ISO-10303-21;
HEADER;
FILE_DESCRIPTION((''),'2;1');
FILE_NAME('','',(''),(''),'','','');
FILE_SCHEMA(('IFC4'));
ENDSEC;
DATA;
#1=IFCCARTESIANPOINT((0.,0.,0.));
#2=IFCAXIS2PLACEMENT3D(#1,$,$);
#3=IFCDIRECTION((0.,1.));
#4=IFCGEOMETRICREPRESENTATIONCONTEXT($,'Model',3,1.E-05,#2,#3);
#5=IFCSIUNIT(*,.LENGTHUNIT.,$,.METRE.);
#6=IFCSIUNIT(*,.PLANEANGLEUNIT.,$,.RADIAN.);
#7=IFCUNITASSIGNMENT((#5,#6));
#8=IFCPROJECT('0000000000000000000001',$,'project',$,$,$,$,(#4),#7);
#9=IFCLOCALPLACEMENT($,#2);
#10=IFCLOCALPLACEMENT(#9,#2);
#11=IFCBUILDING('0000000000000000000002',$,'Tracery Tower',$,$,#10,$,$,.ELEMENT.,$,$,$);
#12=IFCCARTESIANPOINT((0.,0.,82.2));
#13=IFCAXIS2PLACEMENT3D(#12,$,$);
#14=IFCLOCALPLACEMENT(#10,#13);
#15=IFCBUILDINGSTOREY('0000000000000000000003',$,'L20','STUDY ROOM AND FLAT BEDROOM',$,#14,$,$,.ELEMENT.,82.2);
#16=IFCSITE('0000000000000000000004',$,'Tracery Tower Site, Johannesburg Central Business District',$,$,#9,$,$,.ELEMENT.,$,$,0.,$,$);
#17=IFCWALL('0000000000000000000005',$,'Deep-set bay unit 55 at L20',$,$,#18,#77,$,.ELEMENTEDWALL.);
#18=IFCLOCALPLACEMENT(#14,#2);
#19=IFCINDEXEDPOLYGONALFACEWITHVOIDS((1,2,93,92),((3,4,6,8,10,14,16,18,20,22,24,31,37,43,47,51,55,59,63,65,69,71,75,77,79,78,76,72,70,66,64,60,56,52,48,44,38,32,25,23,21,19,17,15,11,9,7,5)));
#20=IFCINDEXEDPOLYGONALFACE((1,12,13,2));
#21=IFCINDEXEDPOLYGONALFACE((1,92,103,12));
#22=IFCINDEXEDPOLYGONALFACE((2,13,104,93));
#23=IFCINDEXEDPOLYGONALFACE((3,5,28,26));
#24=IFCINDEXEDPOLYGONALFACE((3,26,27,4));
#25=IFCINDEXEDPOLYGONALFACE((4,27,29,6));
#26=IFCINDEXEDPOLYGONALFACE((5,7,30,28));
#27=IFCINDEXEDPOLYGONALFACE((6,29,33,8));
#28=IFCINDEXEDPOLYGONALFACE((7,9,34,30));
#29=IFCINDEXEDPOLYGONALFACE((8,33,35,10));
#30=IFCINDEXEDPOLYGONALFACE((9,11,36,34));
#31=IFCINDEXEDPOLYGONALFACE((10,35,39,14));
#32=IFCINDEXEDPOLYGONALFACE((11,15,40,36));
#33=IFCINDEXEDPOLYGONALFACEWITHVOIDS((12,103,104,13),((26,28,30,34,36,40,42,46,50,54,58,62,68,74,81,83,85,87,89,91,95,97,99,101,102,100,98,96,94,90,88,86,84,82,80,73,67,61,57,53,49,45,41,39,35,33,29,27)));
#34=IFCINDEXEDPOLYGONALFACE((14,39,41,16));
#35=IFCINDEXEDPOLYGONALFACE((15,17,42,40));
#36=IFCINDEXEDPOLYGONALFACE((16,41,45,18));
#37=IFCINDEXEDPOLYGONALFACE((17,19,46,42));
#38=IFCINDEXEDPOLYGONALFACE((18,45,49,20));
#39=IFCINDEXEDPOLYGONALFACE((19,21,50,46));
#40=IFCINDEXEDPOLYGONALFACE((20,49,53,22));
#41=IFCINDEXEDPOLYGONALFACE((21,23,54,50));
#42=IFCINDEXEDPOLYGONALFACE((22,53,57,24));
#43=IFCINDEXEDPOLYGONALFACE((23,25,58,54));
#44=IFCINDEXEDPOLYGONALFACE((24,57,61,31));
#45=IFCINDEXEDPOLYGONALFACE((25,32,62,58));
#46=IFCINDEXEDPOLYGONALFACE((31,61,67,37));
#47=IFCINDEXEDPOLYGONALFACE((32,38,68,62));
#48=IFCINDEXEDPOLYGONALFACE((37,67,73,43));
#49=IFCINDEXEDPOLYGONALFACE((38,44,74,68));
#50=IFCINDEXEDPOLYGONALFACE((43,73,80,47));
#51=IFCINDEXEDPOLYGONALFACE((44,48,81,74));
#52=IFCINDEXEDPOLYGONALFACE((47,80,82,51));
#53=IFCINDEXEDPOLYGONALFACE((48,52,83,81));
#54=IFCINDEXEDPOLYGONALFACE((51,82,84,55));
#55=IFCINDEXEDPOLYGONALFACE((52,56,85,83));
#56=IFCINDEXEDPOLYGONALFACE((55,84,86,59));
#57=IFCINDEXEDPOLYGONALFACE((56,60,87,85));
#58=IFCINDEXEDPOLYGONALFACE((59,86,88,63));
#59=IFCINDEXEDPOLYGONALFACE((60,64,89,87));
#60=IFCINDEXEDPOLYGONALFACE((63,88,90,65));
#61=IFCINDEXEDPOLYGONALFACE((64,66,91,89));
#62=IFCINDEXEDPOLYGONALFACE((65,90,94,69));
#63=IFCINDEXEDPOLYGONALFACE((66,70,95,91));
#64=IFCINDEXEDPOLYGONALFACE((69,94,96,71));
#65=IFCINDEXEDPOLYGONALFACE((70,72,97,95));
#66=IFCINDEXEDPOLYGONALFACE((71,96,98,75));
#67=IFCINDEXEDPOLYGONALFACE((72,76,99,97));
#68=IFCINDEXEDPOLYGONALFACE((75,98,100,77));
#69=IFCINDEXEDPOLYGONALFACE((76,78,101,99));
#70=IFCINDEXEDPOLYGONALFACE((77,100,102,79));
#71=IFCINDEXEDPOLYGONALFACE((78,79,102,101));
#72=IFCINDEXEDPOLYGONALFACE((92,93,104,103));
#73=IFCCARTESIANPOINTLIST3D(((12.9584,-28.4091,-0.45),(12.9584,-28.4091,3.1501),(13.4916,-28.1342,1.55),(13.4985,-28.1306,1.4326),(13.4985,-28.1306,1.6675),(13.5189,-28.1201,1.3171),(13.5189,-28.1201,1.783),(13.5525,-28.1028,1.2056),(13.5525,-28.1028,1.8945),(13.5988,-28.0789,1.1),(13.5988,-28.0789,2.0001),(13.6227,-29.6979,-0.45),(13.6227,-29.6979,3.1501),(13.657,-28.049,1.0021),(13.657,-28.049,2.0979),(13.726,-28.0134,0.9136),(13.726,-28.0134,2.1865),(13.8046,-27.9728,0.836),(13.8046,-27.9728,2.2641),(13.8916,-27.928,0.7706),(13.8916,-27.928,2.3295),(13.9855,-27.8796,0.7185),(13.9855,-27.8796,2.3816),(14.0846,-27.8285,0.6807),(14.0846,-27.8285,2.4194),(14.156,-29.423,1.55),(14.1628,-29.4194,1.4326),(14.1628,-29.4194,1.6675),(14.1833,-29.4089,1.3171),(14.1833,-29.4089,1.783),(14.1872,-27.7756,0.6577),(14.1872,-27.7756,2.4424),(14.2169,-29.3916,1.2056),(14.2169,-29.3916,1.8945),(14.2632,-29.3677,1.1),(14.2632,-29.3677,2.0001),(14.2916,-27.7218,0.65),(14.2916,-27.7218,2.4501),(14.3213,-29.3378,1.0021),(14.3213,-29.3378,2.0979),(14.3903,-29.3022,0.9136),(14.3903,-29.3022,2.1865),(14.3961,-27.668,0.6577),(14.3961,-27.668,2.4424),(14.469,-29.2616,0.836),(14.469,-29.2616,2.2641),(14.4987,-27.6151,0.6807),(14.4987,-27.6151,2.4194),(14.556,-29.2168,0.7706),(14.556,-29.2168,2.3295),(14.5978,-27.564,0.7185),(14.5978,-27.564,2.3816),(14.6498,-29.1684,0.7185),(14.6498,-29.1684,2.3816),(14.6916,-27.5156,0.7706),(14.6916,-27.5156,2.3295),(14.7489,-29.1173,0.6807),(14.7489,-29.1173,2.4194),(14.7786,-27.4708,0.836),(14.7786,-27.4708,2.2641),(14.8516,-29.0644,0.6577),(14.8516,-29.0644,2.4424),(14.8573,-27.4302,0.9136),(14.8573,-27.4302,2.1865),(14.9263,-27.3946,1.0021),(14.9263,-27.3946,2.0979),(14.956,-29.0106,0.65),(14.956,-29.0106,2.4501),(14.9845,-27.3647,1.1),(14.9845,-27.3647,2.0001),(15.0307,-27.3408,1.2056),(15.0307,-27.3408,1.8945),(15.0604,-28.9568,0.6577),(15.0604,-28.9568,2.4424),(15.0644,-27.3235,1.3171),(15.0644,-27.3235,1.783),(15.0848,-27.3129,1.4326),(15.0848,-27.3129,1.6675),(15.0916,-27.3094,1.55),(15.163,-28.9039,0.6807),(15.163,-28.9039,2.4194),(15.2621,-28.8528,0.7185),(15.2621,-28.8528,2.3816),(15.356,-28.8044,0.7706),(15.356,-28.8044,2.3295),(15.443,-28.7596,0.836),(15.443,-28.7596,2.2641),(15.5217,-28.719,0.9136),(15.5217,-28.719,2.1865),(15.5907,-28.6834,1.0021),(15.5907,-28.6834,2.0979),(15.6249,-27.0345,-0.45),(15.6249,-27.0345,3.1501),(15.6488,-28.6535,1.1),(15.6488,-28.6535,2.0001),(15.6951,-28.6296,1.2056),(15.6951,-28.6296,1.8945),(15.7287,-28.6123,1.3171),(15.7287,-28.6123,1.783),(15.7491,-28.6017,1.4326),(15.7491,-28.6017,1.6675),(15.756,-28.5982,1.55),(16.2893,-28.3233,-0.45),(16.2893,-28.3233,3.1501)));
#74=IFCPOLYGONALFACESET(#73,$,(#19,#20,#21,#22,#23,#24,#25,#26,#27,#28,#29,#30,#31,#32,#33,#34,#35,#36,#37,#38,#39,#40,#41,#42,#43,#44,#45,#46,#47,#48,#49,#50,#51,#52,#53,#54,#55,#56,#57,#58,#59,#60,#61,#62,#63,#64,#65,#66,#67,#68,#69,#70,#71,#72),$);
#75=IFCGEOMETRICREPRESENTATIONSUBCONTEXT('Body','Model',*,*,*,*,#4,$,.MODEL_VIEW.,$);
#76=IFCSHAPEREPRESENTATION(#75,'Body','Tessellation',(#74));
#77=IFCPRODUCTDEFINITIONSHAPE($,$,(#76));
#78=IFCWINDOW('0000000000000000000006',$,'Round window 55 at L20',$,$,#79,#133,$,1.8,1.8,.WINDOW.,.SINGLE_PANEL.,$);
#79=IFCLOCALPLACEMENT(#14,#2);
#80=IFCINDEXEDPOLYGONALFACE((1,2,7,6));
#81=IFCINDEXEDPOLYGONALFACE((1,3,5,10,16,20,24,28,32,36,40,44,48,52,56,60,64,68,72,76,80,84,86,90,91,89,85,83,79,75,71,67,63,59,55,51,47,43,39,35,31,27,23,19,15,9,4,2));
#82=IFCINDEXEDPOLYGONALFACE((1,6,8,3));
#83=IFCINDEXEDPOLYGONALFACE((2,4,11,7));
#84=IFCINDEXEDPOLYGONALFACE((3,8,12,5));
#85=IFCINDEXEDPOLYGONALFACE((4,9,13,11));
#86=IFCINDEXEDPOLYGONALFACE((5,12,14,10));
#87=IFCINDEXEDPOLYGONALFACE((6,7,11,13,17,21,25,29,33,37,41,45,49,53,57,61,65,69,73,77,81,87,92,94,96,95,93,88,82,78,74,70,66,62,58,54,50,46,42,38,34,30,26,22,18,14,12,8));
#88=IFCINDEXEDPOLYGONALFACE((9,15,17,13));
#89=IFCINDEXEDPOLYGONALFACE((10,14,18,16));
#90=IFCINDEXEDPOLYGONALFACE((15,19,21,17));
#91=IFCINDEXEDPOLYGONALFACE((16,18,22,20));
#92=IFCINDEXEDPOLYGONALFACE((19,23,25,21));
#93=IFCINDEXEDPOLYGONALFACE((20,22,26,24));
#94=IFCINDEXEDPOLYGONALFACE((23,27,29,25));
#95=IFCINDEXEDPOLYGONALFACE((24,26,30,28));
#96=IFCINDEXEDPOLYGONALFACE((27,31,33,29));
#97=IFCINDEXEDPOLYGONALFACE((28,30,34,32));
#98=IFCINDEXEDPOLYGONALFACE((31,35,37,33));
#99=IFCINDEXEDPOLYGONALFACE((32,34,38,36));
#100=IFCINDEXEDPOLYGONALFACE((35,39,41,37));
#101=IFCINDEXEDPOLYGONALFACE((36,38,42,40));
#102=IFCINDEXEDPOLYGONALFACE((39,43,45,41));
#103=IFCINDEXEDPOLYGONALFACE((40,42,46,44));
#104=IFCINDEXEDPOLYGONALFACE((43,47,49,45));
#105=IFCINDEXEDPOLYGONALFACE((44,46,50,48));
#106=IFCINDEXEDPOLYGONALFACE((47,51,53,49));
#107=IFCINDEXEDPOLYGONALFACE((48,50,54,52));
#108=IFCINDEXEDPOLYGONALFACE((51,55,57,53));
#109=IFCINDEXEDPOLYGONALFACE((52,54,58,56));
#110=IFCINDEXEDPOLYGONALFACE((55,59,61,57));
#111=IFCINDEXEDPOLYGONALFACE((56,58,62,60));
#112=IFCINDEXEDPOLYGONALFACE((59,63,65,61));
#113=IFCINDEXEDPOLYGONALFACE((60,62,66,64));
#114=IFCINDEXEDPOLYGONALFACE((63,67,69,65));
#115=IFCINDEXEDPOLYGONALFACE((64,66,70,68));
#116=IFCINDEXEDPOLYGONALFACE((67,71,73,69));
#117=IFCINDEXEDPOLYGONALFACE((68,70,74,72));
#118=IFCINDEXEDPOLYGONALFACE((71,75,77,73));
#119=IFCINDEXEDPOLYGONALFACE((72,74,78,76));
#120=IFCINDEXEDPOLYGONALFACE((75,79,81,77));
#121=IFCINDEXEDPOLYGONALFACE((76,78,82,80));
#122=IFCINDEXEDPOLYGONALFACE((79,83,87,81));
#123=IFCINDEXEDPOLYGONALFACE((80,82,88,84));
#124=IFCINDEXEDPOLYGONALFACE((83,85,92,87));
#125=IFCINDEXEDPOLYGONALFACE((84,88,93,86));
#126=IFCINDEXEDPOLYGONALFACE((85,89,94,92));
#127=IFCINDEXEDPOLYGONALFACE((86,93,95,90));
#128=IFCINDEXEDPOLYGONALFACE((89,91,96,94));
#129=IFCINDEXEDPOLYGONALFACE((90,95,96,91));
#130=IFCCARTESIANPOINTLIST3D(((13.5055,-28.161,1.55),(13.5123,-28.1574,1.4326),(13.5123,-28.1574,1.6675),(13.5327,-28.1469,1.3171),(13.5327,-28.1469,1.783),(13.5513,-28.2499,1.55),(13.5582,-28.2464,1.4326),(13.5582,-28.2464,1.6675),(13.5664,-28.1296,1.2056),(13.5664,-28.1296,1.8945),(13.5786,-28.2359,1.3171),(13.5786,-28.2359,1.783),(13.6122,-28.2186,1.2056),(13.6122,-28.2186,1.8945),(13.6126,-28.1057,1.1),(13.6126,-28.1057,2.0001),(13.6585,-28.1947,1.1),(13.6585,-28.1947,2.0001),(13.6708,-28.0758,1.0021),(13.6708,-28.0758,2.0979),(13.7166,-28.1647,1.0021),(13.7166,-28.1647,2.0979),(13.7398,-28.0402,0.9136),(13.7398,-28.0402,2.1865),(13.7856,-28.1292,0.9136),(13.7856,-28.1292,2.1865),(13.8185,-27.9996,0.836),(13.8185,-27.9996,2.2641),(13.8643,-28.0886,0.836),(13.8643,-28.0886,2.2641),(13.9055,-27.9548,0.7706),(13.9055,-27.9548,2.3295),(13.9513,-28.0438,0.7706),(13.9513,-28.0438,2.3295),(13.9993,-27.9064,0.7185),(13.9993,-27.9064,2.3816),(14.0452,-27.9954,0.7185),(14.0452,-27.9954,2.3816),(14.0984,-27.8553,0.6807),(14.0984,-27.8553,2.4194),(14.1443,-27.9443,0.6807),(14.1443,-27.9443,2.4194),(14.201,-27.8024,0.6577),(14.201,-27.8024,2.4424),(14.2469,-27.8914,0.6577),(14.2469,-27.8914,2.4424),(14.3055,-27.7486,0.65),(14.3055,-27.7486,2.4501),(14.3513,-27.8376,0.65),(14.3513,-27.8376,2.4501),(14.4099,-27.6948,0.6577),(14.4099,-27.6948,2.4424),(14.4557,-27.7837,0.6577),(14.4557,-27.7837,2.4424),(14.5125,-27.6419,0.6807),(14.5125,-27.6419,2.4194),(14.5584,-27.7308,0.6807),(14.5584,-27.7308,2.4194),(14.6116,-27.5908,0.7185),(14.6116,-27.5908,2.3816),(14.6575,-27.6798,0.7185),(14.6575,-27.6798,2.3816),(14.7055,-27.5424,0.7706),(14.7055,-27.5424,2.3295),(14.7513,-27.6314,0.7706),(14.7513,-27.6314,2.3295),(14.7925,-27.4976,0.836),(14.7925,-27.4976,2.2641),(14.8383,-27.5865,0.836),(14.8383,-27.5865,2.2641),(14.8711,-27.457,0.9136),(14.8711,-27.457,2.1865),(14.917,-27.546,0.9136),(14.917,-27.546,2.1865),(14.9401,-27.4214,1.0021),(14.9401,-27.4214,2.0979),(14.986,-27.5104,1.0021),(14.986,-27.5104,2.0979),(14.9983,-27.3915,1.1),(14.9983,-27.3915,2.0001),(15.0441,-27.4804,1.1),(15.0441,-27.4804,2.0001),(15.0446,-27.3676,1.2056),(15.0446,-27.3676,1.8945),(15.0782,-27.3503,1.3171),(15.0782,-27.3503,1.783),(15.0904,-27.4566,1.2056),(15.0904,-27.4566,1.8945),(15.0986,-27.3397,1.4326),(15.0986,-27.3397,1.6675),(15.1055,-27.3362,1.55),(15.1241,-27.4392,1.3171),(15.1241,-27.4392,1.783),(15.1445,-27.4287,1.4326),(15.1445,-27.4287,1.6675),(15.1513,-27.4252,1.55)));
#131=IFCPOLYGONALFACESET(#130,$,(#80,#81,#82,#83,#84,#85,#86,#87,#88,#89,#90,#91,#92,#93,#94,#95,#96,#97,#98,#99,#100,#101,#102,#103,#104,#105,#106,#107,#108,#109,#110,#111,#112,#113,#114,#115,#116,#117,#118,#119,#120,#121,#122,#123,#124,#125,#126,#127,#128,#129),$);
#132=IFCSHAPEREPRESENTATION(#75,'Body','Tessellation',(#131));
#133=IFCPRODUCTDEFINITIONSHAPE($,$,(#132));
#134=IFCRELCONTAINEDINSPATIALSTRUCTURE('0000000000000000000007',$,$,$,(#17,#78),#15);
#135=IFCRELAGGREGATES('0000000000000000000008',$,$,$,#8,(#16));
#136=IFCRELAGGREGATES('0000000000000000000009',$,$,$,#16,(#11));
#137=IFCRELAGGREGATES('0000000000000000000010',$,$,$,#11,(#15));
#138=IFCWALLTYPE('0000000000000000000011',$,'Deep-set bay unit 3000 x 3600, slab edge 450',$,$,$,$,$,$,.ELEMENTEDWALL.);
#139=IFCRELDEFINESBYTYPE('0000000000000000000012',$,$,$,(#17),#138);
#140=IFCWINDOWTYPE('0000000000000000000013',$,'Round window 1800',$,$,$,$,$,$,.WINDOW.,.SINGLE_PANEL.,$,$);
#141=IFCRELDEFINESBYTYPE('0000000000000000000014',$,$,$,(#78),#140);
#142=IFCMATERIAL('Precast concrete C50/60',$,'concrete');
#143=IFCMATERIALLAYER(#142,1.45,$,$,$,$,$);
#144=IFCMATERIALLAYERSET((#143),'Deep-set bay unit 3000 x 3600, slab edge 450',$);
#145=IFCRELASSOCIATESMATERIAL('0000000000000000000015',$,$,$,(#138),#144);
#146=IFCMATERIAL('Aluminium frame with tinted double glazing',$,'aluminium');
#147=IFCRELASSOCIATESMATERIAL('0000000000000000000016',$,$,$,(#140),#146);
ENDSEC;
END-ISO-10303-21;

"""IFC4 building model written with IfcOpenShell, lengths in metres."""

from ifc_helpers import new_model, si_unit, direction, frame, frame_2d, origin, origin_2d, place, context, subcontext, project, spatial, rectangle, circle, extrude, material, layer, layer_set, type_object, element, fill, save


model = new_model("IFC4")

# Units and contexts
model_context = context("Model", 3, precision=1e-05, world=origin(), true_north=direction((0.0, 1.0)))
body_context = subcontext(model_context, "Body", "Model", "MODEL_VIEW")
ifc_project = project(units=[si_unit("LENGTHUNIT", "METRE"), si_unit("PLANEANGLEUNIT", "RADIAN")], contexts=[model_context])

# Site, building, storey
site_placement = place(None, origin())
site = spatial("IfcSite", under=ifc_project, at=site_placement, Name="Tracery Tower Site, Johannesburg Central Business District", CompositionType="ELEMENT", RefElevation=0.0)
building_placement = place(site_placement, origin())
building = spatial("IfcBuilding", under=site, at=building_placement, Name="Tracery Tower", CompositionType="ELEMENT")
storey_placement = place(building_placement, frame((0.0, 0.0, 82.2)))
storey = spatial("IfcBuildingStorey", under=building, at=storey_placement, Name="L20", Description="STUDY ROOM AND FLAT BEDROOM", CompositionType="ELEMENT", Elevation=82.2)

# Wall, opening, window
ifc_material_1 = material(Name="Precast concrete C50/60", Category="concrete")
ifc_layer_1 = layer(ifc_material_1, 1.45)
ifc_layer_set_1 = layer_set([ifc_layer_1], Name="Deep-set bay unit 3000 x 3600, slab edge 450")
wall_type_1 = type_object("IfcWallType", Name="Deep-set bay unit 3000 x 3600, slab edge 450", PredefinedType="ELEMENTEDWALL", material=ifc_layer_set_1)
wall_1_placement = place(storey_placement, frame((13.2905, -29.0535, -0.45), z_axis=(0.0, 0.0, 1.0), x_axis=(0.888858, 0.458183, 0.0)))
wall_1 = element("IfcWall", 1, at=wall_1_placement, inside=storey, type_object=wall_type_1, Name="Deep-set bay unit 55 at L20", PredefinedType="ELEMENTEDWALL", context=body_context, shape_type="SweptSolid", body=[
    extrude(rectangle(XDim=3.0, YDim=1.45, at=frame_2d((1.5, 0.0))), origin(), (0.0, 0.0, 1.0), 3.6001),
])
opening_1_placement = place(wall_1_placement, frame((1.5, 0.0, 2.0)))
opening_1 = element("IfcOpeningElement", 2, at=opening_1_placement, cuts=wall_1, PredefinedType="OPENING", context=body_context, shape_type="SweptSolid", body=[
    extrude(circle(Radius=0.9, at=origin_2d()), frame((0.0, 0.7349, 0.0), z_axis=(0.0, -1.0, 0.0), x_axis=(1.0, 0.0, 0.0)), (0.0, 0.0, 1.0), 1.47),
])
ifc_material_2 = material(Name="Aluminium frame with tinted double glazing", Category="aluminium")
window_type = type_object("IfcWindowType", Name="Round window 1800", PartitioningType="SINGLE_PANEL", PredefinedType="WINDOW", material=ifc_material_2)
window_1_placement = place(opening_1_placement, origin())
window_1 = element("IfcWindow", 3, at=window_1_placement, inside=storey, type_object=window_type, Name="Round window 55 at L20", OverallHeight=1.8, OverallWidth=1.8, PartitioningType="SINGLE_PANEL", PredefinedType="WINDOW", context=body_context, shape_type="SweptSolid", body=[
    extrude(circle(Radius=0.9, at=origin_2d()), frame((0.0, 0.6948, 0.0), z_axis=(0.0, -1.0, 0.0), x_axis=(1.0, 0.0, 0.0)), (0.0, 0.0, 1.0), 0.1001),
])
fill(opening_1, window_1)

save(model, "model.ifc")
